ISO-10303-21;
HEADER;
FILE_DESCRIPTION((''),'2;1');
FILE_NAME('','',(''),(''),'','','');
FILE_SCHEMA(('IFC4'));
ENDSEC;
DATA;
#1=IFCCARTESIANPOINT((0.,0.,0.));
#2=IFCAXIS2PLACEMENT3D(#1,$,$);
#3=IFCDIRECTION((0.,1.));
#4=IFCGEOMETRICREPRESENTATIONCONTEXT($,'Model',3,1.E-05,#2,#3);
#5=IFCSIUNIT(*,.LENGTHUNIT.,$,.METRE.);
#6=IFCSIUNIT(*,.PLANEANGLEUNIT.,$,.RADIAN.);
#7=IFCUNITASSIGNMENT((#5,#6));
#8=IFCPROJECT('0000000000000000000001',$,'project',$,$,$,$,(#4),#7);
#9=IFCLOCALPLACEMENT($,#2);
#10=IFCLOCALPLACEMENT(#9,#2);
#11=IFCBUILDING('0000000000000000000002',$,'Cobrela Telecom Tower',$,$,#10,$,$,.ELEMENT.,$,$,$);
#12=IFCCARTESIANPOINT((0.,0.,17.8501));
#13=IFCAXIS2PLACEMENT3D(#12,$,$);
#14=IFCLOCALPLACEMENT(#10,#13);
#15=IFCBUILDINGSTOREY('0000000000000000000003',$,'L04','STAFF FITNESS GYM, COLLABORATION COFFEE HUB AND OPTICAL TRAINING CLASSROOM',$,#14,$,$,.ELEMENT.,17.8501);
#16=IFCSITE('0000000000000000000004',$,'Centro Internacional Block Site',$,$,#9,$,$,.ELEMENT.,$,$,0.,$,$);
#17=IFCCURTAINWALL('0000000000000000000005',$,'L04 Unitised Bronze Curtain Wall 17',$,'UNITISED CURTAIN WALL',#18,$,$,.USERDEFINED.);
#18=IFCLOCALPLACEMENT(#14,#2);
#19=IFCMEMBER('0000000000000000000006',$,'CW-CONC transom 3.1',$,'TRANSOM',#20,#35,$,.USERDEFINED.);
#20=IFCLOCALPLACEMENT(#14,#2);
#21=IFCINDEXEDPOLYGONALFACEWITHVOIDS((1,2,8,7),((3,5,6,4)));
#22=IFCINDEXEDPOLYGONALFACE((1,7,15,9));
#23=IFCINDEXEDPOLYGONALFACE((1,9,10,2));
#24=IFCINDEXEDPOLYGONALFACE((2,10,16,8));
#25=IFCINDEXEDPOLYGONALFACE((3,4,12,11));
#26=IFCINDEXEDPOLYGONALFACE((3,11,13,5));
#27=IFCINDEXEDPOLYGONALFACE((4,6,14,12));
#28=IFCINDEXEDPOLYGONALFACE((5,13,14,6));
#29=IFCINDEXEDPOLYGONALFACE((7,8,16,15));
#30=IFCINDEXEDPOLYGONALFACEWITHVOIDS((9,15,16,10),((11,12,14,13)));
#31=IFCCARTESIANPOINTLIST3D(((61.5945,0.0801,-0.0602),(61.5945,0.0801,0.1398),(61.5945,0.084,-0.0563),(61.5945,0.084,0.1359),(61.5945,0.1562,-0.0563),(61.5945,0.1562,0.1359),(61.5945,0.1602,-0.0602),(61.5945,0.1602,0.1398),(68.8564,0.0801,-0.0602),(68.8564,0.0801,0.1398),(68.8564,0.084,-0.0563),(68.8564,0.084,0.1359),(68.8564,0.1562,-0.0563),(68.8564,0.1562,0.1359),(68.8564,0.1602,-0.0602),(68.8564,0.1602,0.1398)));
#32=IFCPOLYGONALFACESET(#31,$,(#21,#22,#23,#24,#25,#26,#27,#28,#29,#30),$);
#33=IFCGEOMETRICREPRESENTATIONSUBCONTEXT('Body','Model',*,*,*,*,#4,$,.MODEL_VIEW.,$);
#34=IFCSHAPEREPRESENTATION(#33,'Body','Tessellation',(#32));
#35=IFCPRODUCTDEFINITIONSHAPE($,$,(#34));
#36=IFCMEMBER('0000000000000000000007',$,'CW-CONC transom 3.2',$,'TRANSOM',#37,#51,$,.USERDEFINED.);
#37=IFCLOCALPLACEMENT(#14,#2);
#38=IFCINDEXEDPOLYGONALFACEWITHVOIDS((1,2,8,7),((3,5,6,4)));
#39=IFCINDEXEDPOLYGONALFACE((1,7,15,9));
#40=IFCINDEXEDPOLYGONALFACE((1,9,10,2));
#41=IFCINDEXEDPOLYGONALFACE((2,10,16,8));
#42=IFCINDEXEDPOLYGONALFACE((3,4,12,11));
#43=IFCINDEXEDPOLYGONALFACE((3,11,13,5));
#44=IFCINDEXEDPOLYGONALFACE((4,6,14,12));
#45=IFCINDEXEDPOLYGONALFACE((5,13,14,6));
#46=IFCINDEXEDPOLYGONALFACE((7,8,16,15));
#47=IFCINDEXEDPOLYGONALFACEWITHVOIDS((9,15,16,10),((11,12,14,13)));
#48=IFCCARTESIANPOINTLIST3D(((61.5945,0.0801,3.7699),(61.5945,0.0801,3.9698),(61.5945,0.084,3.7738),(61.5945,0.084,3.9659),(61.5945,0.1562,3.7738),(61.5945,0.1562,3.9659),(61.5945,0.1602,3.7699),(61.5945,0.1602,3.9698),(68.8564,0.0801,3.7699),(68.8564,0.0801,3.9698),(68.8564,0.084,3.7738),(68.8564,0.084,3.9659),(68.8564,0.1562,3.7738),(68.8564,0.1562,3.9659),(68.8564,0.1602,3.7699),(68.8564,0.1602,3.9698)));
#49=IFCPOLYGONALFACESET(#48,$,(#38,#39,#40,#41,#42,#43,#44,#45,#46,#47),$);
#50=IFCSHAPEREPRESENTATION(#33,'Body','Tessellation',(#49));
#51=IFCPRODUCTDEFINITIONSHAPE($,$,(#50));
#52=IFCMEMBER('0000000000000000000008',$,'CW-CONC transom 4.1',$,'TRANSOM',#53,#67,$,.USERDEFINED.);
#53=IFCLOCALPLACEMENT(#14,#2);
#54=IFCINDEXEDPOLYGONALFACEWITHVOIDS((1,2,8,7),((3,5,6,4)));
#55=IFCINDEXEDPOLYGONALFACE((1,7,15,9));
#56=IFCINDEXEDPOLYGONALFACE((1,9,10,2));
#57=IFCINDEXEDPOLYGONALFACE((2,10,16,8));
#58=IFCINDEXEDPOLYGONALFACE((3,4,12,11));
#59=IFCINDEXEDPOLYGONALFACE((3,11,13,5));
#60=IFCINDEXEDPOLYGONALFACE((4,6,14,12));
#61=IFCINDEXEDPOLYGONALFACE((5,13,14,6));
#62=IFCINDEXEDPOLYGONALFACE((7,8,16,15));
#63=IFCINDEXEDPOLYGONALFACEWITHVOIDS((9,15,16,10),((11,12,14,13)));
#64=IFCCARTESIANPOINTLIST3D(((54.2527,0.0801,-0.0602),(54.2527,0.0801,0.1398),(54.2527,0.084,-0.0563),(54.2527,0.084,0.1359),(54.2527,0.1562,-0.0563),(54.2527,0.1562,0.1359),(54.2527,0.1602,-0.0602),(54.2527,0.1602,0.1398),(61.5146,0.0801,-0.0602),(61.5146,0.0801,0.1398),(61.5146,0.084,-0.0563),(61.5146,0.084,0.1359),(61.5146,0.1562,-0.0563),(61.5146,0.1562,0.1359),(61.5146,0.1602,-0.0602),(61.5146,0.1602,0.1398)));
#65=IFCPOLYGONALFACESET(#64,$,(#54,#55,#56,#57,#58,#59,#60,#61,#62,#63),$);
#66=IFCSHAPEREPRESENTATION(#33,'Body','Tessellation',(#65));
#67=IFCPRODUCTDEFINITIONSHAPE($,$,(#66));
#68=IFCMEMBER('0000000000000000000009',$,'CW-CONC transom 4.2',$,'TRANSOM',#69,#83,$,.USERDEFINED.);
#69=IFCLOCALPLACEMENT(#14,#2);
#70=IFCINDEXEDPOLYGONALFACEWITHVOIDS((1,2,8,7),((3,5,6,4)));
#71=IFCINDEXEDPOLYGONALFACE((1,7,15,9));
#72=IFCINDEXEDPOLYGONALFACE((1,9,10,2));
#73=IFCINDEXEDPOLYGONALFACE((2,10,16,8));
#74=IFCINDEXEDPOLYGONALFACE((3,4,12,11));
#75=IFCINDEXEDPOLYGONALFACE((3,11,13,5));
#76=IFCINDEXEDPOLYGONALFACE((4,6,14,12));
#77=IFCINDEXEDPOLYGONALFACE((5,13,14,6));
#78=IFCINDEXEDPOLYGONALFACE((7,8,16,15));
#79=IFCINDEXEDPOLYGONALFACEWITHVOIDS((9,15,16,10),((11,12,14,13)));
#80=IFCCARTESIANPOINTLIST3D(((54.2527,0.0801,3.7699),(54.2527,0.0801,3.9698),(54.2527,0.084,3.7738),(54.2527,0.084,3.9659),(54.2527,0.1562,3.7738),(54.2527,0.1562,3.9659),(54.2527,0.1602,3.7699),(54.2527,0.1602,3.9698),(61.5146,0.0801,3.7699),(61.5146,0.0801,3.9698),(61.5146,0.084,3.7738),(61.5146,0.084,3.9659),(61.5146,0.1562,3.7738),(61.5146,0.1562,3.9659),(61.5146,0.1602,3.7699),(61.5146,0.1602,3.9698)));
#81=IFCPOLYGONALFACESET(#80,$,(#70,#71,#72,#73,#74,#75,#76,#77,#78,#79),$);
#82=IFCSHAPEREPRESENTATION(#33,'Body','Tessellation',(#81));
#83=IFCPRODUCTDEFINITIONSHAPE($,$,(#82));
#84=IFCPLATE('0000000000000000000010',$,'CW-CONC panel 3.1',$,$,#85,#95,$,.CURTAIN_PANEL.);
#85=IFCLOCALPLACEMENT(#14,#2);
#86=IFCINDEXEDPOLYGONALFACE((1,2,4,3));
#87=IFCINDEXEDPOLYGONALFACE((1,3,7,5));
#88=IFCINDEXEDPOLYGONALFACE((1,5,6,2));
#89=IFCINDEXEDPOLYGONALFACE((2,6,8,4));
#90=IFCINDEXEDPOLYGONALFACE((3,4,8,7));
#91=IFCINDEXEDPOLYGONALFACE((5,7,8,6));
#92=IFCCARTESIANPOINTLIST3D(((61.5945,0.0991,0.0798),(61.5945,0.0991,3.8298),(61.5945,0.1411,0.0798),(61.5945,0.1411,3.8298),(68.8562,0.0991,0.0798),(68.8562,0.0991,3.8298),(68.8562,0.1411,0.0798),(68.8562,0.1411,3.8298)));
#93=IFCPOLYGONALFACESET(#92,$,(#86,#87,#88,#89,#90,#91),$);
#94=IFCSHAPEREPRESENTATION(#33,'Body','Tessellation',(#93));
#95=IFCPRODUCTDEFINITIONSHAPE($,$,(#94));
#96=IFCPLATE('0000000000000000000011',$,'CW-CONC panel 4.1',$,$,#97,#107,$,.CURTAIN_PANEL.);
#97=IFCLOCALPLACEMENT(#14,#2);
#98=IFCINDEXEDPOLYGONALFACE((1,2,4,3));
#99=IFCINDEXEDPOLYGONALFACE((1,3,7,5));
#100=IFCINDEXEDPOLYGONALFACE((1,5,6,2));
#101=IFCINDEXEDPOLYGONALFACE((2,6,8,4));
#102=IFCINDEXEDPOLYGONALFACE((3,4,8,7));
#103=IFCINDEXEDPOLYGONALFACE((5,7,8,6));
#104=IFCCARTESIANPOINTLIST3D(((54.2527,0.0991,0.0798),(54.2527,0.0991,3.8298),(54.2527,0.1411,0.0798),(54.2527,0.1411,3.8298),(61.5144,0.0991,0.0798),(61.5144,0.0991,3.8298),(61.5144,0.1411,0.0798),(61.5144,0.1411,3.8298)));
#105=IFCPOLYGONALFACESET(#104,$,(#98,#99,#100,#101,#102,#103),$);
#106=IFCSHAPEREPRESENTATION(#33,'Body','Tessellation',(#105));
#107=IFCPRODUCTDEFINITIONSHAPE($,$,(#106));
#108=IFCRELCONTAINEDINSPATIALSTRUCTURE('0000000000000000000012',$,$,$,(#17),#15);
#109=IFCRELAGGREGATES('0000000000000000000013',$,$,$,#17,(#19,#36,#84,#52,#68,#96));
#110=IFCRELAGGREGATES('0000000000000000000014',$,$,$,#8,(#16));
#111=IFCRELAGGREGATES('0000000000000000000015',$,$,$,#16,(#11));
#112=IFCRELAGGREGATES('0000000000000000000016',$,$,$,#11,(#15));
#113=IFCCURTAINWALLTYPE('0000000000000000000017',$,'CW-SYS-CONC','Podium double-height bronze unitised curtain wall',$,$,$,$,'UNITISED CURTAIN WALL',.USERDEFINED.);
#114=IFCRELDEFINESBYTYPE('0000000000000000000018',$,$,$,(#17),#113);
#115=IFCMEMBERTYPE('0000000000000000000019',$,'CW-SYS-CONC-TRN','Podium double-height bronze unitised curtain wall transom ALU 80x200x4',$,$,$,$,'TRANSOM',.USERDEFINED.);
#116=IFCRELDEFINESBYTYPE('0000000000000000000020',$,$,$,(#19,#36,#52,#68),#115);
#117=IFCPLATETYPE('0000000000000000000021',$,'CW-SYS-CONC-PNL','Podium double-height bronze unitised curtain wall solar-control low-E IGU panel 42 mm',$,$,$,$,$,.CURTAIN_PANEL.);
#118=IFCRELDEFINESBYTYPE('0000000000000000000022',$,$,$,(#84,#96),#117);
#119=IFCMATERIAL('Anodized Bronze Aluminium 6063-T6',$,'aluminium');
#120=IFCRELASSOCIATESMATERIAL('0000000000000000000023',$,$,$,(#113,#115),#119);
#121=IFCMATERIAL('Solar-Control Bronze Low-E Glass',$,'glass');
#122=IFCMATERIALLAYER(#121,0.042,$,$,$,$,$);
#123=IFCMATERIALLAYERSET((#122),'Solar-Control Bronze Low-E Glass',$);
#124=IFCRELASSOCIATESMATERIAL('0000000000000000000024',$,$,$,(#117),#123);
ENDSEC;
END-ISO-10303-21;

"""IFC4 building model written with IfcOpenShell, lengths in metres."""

from ifc_helpers import new_model, si_unit, direction, frame, origin, origin_2d, place, context, subcontext, project, spatial, rectangle, hollow_rectangle, extrude, material, layer, layer_set, material_profile, profile_set, type_object, element, aggregate, save


model = new_model("IFC4")

# Units and contexts
model_context = context("Model", 3, precision=1e-05, world=origin(), true_north=direction((0.0, 1.0)))
body_context = subcontext(model_context, "Body", "Model", "MODEL_VIEW")
ifc_project = project(units=[si_unit("LENGTHUNIT", "METRE"), si_unit("PLANEANGLEUNIT", "RADIAN")], contexts=[model_context])

# Site, building, storey
site_placement = place(None, origin())
site = spatial("IfcSite", under=ifc_project, at=site_placement, Name="Centro Internacional Block Site", CompositionType="ELEMENT", RefElevation=0.0)
building_placement = place(site_placement, origin())
building = spatial("IfcBuilding", under=site, at=building_placement, Name="Cobrela Telecom Tower", CompositionType="ELEMENT")
storey_placement = place(building_placement, frame((0.0, 0.0, 17.8501)))
storey = spatial("IfcBuildingStorey", under=building, at=storey_placement, Name="L04", Description="STAFF FITNESS GYM, COLLABORATION COFFEE HUB AND OPTICAL TRAINING CLASSROOM", CompositionType="ELEMENT", Elevation=17.8501)

# Curtain wall, members, plates
ifc_material_1 = material(Name="Anodized Bronze Aluminium 6063-T6", Category="aluminium")
curtain_wall_type = type_object("IfcCurtainWallType", Name="CW-SYS-CONC", Description="Podium double-height bronze unitised curtain wall", ElementType="UNITISED CURTAIN WALL", PredefinedType="USERDEFINED", material=ifc_material_1)
curtain_wall_placement = place(storey_placement, origin())
curtain_wall = element("IfcCurtainWall", 1, at=curtain_wall_placement, inside=storey, type_object=curtain_wall_type, Name="L04 Unitised Bronze Curtain Wall 17", ObjectType="UNITISED CURTAIN WALL", PredefinedType="USERDEFINED")
ifc_material_profile_1 = material_profile(ifc_material_1, hollow_rectangle(XDim=0.0801, YDim=0.2, WallThickness=0.0039, at=origin_2d()), Name="ALU 80x200x4")
ifc_profile_set_1 = profile_set([ifc_material_profile_1], Name="Anodized Bronze Aluminium 6063-T6")
member_type_1 = type_object("IfcMemberType", Name="CW-SYS-CONC-TRN", Description="Podium double-height bronze unitised curtain wall transom ALU 80x200x4", ElementType="TRANSOM", PredefinedType="USERDEFINED", material=ifc_profile_set_1)
member_1_placement = place(storey_placement, frame((68.8564, 0.1201, 0.0398), z_axis=(-1.0, 0.0, 0.0), x_axis=(0.0, -1.0, 0.0)))
member_1 = element("IfcMember", 2, at=member_1_placement, type_object=member_type_1, Name="CW-CONC transom 3.1", ObjectType="TRANSOM", PredefinedType="USERDEFINED", context=body_context, shape_type="SweptSolid", body=[
    extrude(hollow_rectangle(XDim=0.0801, YDim=0.2, WallThickness=0.0039, at=origin_2d()), origin(), (0.0, 0.0, 1.0), 7.262),
])
member_2_placement = place(storey_placement, frame((68.8564, 0.1201, 3.8699), z_axis=(-1.0, 0.0, 0.0), x_axis=(0.0, -1.0, 0.0)))
member_2 = element("IfcMember", 3, at=member_2_placement, type_object=member_type_1, Name="CW-CONC transom 3.2", ObjectType="TRANSOM", PredefinedType="USERDEFINED", context=body_context, shape_type="SweptSolid", body=[
    extrude(hollow_rectangle(XDim=0.0801, YDim=0.2, WallThickness=0.0039, at=origin_2d()), origin(), (0.0, 0.0, 1.0), 7.262),
])
member_3_placement = place(storey_placement, frame((61.5146, 0.1201, 0.0398), z_axis=(-1.0, 0.0, 0.0), x_axis=(0.0, -1.0, 0.0)))
member_3 = element("IfcMember", 4, at=member_3_placement, type_object=member_type_1, Name="CW-CONC transom 4.1", ObjectType="TRANSOM", PredefinedType="USERDEFINED", context=body_context, shape_type="SweptSolid", body=[
    extrude(hollow_rectangle(XDim=0.0801, YDim=0.2, WallThickness=0.0039, at=origin_2d()), origin(), (0.0, 0.0, 1.0), 7.262),
])
member_4_placement = place(storey_placement, frame((61.5146, 0.1201, 3.8699), z_axis=(-1.0, 0.0, 0.0), x_axis=(0.0, -1.0, 0.0)))
member_4 = element("IfcMember", 5, at=member_4_placement, type_object=member_type_1, Name="CW-CONC transom 4.2", ObjectType="TRANSOM", PredefinedType="USERDEFINED", context=body_context, shape_type="SweptSolid", body=[
    extrude(hollow_rectangle(XDim=0.0801, YDim=0.2, WallThickness=0.0039, at=origin_2d()), origin(), (0.0, 0.0, 1.0), 7.262),
])
ifc_material_2 = material(Name="Solar-Control Bronze Low-E Glass", Category="glass")
ifc_layer = layer(ifc_material_2, 0.042)
ifc_layer_set = layer_set([ifc_layer], Name="Solar-Control Bronze Low-E Glass")
plate_type = type_object("IfcPlateType", Name="CW-SYS-CONC-PNL", Description="Podium double-height bronze unitised curtain wall solar-control low-E IGU panel 42 mm", PredefinedType="CURTAIN_PANEL", material=ifc_layer_set)
plate_1_placement = place(storey_placement, frame((65.2253, 0.1201, 0.0798), z_axis=(0.0, 0.0, 1.0), x_axis=(-1.0, 0.0, 0.0)))
plate_1 = element("IfcPlate", 6, at=plate_1_placement, type_object=plate_type, Name="CW-CONC panel 3.1", PredefinedType="CURTAIN_PANEL", context=body_context, shape_type="SweptSolid", body=[
    extrude(rectangle(XDim=7.2617, YDim=0.042, at=origin_2d()), origin(), (0.0, 0.0, 1.0), 3.75),
])
plate_2_placement = place(storey_placement, frame((57.8835, 0.1201, 0.0798), z_axis=(0.0, 0.0, 1.0), x_axis=(-1.0, 0.0, 0.0)))
plate_2 = element("IfcPlate", 7, at=plate_2_placement, type_object=plate_type, Name="CW-CONC panel 4.1", PredefinedType="CURTAIN_PANEL", context=body_context, shape_type="SweptSolid", body=[
    extrude(rectangle(XDim=7.2617, YDim=0.042, at=origin_2d()), origin(), (0.0, 0.0, 1.0), 3.75),
])
aggregate(curtain_wall, [member_1, member_2, plate_1, member_3, member_4, plate_2])

save(model, "model.ifc")
